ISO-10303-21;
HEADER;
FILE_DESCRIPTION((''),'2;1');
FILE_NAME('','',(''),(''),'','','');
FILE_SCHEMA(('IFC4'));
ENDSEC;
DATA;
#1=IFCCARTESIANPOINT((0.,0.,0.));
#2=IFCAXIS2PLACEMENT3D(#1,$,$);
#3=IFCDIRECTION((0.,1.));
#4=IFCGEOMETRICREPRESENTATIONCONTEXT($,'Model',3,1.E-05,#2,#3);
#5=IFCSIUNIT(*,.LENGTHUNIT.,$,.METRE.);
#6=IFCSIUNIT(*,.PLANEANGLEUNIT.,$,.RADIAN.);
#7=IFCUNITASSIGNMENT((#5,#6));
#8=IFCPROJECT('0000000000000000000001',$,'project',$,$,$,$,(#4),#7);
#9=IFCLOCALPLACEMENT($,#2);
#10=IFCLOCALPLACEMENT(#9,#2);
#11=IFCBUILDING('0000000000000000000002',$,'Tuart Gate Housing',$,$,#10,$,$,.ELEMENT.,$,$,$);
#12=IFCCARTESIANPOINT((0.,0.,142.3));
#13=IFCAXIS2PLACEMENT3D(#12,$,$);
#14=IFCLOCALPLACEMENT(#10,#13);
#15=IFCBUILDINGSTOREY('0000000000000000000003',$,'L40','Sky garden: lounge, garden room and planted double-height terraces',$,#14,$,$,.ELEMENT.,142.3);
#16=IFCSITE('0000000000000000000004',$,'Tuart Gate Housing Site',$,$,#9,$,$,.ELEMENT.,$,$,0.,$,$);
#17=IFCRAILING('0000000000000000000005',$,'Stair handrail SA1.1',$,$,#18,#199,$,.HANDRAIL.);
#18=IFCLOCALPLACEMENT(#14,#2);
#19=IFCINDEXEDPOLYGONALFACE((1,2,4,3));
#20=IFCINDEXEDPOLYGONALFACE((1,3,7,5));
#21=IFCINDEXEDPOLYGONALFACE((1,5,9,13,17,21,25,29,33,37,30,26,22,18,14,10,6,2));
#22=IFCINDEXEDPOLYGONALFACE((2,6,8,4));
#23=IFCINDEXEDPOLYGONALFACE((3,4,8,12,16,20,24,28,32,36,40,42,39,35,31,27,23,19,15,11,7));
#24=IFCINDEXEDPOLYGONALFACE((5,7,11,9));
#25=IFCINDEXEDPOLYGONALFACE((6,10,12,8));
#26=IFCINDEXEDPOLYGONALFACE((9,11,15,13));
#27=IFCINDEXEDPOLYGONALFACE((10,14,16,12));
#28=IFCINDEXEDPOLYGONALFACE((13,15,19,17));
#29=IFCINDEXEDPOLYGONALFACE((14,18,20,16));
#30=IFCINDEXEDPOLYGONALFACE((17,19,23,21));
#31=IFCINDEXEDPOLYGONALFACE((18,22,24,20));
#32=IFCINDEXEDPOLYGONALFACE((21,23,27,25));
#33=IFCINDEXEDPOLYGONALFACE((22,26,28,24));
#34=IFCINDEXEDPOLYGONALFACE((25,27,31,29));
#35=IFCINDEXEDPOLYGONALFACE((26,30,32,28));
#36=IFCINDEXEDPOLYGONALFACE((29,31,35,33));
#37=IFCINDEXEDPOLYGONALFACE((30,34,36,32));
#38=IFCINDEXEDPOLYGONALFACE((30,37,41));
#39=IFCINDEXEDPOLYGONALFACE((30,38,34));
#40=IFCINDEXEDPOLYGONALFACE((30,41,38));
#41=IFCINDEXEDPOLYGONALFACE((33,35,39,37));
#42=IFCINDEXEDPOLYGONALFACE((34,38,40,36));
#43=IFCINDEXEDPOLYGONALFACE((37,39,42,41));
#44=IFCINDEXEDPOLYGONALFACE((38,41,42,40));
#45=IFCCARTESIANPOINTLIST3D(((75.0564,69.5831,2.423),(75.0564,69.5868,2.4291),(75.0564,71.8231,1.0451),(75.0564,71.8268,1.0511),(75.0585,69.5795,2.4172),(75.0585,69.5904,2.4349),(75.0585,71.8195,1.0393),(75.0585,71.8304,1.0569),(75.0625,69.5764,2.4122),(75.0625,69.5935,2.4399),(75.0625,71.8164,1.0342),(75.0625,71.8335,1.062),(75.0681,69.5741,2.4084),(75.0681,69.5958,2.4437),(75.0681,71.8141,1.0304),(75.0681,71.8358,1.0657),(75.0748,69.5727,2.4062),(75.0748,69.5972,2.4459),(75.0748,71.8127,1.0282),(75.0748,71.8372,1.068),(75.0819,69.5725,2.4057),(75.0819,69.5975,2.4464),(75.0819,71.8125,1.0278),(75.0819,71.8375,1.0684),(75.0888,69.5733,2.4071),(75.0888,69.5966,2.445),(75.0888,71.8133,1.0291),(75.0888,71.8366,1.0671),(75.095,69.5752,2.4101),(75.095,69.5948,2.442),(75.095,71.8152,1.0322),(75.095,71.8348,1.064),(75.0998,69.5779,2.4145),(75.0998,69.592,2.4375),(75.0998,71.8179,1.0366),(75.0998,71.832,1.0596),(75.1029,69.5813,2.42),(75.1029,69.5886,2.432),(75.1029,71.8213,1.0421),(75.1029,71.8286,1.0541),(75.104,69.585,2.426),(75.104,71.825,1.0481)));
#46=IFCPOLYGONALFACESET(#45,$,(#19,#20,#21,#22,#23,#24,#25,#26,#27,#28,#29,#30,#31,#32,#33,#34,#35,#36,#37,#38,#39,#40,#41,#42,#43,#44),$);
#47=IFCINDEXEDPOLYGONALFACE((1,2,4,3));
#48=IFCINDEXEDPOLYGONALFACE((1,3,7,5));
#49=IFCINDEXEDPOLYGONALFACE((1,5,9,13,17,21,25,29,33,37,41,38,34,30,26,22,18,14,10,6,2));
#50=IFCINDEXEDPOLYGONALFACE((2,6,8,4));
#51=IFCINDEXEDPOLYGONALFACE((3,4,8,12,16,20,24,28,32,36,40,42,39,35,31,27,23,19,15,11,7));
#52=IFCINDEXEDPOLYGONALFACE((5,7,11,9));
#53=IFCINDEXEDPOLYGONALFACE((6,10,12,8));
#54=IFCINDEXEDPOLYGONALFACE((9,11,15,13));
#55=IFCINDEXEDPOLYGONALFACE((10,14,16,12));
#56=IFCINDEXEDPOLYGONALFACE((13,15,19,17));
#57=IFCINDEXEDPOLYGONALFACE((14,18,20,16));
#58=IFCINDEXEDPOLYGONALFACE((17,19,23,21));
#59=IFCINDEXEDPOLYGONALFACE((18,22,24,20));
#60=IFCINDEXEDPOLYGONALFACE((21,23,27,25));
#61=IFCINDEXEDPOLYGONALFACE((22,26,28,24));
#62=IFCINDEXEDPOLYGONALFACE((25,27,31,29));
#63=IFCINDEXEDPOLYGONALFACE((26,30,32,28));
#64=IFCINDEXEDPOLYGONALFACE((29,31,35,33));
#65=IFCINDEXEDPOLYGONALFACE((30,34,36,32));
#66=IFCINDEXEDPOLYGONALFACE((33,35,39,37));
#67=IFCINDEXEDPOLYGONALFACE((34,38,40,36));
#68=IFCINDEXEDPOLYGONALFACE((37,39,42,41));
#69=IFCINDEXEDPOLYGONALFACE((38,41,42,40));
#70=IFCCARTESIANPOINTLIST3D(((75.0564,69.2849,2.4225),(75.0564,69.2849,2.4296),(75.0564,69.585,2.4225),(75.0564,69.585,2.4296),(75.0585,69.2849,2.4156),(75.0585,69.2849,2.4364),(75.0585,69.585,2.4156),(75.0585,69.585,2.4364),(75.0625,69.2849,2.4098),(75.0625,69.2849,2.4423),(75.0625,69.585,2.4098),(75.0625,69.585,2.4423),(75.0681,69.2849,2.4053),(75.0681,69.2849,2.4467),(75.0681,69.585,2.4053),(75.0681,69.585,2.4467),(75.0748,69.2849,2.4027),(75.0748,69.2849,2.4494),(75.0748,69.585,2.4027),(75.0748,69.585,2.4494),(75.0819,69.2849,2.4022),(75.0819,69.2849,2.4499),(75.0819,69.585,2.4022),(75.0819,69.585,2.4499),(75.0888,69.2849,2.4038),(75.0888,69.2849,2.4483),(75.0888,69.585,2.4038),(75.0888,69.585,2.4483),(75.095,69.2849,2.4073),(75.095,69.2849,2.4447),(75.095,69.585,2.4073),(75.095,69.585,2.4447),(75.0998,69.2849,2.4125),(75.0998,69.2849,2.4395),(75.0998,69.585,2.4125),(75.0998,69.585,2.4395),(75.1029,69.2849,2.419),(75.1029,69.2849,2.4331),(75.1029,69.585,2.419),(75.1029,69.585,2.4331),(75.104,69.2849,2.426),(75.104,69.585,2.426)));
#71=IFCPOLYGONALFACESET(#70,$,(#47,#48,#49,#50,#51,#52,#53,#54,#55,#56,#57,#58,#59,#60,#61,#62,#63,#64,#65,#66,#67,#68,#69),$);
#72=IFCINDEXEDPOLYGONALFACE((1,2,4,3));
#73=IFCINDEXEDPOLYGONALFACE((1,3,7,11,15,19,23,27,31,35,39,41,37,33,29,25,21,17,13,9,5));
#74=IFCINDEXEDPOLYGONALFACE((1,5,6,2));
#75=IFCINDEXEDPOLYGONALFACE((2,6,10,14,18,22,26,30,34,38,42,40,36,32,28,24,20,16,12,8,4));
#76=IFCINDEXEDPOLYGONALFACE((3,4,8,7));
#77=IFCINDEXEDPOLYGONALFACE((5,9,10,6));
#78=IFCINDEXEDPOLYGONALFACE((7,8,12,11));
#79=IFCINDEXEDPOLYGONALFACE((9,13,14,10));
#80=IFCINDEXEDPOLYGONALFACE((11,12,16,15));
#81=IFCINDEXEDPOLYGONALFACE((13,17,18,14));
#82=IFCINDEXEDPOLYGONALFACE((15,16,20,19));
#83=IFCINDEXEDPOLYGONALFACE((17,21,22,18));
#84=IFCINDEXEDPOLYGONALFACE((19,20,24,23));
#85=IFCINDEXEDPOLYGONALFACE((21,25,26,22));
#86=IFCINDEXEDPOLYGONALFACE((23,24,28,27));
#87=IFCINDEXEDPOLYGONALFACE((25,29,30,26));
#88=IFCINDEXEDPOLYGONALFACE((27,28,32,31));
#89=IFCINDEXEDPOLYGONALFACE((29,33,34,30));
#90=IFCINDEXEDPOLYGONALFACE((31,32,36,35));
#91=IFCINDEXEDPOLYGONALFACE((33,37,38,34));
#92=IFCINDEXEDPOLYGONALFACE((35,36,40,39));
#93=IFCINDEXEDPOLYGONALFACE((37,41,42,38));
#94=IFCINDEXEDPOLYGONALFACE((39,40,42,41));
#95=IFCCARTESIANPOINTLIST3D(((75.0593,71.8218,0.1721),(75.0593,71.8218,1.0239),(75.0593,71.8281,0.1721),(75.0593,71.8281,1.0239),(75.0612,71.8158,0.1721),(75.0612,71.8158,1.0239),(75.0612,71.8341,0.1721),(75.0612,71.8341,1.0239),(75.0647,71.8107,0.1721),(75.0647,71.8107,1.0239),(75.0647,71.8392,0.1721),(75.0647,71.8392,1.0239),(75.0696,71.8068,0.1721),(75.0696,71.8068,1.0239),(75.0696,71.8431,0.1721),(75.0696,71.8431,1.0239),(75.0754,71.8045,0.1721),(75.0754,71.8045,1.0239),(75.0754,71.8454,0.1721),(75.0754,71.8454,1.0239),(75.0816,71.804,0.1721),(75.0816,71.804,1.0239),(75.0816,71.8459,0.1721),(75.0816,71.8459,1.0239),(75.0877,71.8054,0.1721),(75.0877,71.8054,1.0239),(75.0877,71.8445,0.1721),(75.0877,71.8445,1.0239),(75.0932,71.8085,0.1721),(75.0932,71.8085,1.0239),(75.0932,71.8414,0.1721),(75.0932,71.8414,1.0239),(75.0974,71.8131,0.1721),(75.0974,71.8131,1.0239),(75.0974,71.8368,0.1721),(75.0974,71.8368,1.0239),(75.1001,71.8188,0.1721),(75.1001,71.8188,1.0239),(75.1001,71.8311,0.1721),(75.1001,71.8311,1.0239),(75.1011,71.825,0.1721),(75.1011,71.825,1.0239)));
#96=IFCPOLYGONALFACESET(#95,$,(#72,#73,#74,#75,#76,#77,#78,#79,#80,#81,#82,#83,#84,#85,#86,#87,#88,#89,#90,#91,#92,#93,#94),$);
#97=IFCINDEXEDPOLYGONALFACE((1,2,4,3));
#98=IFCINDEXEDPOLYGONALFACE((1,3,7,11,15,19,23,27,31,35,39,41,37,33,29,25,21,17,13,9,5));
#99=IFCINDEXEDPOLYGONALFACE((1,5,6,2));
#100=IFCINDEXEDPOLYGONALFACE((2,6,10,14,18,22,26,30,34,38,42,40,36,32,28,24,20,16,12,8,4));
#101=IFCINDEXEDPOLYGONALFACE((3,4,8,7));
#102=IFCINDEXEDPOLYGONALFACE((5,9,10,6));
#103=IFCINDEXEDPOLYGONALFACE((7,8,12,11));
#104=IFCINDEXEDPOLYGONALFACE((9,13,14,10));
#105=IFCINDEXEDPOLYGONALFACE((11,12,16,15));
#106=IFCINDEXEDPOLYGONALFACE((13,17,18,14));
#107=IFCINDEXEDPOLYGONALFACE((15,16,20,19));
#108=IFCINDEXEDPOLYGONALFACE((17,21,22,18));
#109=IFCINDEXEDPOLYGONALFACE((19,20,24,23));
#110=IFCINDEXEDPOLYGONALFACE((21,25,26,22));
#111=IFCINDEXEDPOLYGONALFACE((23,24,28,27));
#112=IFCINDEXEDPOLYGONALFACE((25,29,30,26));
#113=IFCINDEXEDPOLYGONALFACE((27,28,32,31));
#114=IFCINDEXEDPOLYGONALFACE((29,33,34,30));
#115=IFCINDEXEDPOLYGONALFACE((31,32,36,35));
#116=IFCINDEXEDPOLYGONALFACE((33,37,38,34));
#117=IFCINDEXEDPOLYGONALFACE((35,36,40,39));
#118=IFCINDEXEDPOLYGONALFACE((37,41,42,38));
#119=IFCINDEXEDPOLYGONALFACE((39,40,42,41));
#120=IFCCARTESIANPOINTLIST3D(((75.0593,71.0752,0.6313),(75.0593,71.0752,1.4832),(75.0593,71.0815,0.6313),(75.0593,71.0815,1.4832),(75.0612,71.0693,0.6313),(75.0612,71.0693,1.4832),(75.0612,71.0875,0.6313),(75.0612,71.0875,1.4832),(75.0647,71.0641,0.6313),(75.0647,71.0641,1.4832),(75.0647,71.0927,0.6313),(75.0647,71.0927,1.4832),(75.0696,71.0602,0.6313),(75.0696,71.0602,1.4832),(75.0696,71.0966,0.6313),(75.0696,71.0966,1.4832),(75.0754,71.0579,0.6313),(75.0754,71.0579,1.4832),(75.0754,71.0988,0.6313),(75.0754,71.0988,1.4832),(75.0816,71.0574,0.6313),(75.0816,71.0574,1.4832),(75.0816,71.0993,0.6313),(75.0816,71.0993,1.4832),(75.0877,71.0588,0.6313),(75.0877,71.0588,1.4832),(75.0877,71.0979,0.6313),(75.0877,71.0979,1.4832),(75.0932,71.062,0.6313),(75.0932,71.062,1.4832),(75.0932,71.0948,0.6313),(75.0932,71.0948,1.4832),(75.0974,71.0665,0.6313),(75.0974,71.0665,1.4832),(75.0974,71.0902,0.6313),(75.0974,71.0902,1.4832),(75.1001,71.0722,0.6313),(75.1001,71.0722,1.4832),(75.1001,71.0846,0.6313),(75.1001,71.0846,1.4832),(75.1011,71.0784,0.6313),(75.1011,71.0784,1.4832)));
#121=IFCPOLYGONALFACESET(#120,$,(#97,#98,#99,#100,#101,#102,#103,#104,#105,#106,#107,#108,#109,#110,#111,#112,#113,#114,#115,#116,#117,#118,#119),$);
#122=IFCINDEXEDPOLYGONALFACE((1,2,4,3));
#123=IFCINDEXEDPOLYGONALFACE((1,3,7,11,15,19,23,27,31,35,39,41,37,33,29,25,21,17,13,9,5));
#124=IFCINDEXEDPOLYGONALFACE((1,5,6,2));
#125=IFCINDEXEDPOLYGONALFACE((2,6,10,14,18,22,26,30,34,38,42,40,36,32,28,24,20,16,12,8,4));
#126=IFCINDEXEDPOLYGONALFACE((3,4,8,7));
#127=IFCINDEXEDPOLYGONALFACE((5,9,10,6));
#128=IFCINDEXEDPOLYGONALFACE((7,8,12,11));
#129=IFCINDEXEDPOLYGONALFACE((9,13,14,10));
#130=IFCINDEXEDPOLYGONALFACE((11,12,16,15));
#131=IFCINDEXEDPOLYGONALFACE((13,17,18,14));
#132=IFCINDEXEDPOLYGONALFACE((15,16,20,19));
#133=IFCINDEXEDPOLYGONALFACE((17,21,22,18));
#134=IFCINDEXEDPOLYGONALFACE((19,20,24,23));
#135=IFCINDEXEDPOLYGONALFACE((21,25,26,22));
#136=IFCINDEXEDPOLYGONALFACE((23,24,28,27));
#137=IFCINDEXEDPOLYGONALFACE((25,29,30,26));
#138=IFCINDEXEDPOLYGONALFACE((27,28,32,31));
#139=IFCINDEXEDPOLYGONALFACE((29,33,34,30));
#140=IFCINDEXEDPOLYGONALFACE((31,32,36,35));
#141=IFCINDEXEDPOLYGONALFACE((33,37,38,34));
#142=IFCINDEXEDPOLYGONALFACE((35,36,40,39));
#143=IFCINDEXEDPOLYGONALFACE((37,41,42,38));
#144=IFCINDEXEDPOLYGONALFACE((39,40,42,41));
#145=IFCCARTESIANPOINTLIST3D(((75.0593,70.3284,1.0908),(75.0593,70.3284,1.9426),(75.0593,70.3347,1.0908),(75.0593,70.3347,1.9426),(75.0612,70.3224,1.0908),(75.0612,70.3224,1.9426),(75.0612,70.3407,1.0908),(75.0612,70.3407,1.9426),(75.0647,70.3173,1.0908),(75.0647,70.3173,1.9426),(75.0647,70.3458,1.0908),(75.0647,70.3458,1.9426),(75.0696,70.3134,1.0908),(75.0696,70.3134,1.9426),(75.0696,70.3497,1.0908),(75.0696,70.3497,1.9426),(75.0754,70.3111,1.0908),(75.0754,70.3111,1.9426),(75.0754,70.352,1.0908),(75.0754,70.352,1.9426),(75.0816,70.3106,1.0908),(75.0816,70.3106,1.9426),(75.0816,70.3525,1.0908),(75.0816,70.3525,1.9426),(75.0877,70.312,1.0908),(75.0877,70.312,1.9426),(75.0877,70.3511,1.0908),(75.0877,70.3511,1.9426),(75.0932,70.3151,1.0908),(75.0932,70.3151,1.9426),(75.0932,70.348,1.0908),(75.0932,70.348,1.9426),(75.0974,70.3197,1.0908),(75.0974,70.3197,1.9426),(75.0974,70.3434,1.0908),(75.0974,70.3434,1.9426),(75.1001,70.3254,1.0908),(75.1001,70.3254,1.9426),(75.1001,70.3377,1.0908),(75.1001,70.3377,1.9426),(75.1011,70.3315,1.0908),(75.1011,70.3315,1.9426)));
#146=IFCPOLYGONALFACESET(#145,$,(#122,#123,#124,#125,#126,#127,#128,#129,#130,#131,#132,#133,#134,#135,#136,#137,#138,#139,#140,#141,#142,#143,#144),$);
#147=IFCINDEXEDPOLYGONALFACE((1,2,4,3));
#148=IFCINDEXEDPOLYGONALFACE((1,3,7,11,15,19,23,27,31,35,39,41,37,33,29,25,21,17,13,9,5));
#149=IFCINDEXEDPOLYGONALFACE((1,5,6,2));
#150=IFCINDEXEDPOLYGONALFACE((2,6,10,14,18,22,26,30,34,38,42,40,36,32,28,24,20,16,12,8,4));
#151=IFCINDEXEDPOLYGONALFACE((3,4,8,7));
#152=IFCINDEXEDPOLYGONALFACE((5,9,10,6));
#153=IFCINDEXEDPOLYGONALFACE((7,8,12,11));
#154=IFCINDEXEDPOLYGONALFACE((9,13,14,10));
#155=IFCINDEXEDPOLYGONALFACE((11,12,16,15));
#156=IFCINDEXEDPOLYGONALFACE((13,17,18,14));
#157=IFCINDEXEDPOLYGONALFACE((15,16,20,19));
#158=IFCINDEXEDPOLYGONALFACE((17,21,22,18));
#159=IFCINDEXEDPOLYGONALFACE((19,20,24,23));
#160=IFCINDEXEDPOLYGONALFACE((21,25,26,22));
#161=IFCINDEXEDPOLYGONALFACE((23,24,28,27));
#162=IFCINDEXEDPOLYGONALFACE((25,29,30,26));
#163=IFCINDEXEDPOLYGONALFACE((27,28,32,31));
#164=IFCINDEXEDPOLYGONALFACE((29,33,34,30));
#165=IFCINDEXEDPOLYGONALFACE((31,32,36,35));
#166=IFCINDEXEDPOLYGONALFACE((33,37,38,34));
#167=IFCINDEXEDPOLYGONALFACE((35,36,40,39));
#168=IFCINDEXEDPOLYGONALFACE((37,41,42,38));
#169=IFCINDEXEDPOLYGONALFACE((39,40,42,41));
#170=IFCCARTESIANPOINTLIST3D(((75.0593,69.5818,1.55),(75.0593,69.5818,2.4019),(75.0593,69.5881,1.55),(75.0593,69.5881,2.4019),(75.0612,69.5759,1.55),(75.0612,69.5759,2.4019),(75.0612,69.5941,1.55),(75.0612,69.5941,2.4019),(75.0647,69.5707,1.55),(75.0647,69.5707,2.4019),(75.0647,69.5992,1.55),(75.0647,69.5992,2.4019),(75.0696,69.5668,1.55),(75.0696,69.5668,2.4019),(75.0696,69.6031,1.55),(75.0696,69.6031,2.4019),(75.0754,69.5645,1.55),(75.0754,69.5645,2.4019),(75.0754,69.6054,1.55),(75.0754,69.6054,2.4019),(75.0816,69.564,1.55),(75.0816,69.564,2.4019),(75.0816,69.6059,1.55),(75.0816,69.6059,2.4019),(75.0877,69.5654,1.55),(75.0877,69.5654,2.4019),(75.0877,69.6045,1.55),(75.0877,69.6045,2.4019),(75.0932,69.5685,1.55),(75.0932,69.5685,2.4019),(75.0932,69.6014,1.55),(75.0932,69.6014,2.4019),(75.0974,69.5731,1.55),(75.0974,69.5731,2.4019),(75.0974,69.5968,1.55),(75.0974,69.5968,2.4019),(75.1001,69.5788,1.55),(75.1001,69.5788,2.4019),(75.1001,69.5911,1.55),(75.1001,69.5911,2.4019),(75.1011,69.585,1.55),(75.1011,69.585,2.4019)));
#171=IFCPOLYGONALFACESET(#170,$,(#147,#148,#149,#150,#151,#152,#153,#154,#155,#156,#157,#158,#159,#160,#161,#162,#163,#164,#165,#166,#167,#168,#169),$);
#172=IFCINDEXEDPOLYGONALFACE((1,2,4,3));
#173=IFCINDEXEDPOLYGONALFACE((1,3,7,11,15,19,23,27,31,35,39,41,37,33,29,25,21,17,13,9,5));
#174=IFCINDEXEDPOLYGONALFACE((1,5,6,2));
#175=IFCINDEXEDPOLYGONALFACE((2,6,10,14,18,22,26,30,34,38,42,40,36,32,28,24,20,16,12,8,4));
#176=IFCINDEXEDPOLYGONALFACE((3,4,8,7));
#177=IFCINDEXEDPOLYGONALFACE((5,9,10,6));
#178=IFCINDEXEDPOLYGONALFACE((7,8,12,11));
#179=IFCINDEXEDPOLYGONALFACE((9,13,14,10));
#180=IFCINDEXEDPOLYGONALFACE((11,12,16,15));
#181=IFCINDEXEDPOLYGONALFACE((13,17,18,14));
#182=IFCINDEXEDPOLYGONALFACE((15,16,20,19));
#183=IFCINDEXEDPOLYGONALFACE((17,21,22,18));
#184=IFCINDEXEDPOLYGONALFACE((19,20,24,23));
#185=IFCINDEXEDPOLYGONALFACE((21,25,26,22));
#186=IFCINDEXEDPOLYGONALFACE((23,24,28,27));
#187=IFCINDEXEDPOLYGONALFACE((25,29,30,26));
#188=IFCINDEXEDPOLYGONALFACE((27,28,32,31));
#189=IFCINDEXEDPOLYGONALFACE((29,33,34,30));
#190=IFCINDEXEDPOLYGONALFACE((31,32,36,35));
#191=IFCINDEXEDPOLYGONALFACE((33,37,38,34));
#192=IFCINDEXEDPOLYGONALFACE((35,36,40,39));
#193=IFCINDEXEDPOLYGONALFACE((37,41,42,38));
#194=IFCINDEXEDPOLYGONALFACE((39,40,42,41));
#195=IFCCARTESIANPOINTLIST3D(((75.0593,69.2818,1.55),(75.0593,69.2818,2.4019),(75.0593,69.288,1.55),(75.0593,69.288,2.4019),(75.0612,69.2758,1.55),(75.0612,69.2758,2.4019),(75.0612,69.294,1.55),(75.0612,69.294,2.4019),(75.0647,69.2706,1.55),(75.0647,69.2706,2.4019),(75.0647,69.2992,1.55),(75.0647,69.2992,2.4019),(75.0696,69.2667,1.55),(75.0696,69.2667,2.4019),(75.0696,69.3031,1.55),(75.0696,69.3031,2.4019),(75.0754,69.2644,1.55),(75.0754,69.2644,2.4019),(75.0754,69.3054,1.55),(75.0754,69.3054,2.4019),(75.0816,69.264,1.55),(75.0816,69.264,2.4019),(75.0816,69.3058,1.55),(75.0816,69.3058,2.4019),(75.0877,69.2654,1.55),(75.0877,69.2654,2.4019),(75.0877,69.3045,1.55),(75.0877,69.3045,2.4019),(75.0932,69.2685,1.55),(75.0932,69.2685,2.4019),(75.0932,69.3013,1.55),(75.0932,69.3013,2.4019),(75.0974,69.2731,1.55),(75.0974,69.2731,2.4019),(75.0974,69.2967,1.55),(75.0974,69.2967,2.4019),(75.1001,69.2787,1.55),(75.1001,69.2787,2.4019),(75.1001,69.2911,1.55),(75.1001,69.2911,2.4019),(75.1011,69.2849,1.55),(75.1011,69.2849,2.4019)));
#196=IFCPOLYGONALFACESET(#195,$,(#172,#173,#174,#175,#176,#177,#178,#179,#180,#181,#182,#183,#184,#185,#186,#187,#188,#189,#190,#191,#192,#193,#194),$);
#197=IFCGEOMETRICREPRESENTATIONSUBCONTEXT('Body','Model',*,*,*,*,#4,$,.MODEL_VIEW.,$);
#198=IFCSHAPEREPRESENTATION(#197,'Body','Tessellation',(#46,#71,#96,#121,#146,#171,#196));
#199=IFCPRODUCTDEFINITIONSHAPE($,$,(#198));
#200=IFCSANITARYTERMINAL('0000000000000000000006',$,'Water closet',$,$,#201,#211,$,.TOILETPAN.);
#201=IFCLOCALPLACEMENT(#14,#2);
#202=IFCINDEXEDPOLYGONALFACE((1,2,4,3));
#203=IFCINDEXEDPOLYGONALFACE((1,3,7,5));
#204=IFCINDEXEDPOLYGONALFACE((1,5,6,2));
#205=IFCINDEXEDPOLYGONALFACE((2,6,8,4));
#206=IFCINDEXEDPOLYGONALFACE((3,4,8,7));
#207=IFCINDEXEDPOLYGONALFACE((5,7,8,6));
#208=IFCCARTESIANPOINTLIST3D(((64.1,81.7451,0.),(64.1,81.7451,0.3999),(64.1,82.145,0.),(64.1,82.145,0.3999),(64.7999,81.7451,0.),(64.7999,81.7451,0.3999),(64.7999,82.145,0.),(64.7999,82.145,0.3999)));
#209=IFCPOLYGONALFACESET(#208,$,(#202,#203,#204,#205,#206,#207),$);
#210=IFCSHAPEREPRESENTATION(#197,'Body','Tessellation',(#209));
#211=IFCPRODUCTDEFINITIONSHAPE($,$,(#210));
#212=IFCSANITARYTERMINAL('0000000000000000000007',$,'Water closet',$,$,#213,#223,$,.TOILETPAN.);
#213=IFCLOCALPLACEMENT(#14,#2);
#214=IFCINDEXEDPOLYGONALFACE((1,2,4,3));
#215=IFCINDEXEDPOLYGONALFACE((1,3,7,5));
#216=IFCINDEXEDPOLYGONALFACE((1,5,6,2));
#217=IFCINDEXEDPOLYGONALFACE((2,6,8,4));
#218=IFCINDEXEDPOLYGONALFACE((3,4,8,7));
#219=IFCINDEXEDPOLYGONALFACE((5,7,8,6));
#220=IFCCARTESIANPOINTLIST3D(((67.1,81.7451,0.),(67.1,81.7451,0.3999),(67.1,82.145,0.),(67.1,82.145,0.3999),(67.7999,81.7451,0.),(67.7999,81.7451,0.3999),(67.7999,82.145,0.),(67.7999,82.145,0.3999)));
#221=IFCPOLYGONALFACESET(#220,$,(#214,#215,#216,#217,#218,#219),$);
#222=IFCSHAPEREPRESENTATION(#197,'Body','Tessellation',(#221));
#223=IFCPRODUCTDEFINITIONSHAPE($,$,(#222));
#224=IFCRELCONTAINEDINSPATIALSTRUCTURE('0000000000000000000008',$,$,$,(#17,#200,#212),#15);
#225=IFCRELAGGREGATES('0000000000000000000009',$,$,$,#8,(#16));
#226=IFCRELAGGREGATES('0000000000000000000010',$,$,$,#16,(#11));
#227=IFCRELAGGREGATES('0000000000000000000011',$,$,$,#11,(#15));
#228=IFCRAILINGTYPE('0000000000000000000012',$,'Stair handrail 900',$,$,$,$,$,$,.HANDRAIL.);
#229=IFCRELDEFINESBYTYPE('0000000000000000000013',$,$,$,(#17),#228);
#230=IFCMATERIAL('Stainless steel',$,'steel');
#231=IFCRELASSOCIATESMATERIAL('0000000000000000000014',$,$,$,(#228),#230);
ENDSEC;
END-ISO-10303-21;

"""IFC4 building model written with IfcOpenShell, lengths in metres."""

from ifc_helpers import new_model, si_unit, direction, frame, origin, origin_2d, place, context, subcontext, project, spatial, rectangle, circle, extrude, material, type_object, element, save


model = new_model("IFC4")

# Units and contexts
model_context = context("Model", 3, precision=1e-05, world=origin(), true_north=direction((0.0, 1.0)))
body_context = subcontext(model_context, "Body", "Model", "MODEL_VIEW")
ifc_project = project(units=[si_unit("LENGTHUNIT", "METRE"), si_unit("PLANEANGLEUNIT", "RADIAN")], contexts=[model_context])

# Site, building, storey
site_placement = place(None, origin())
site = spatial("IfcSite", under=ifc_project, at=site_placement, Name="Tuart Gate Housing Site", CompositionType="ELEMENT", RefElevation=0.0)
building_placement = place(site_placement, origin())
building = spatial("IfcBuilding", under=site, at=building_placement, Name="Tuart Gate Housing", CompositionType="ELEMENT")
storey_placement = place(building_placement, frame((0.0, 0.0, 142.3)))
storey = spatial("IfcBuildingStorey", under=building, at=storey_placement, Name="L40", Description="Sky garden: lounge, garden room and planted double-height terraces", CompositionType="ELEMENT", Elevation=142.3)

# Railing
ifc_material_1 = material(Name="Stainless steel", Category="steel")
railing_type = type_object("IfcRailingType", Name="Stair handrail 900", PredefinedType="HANDRAIL", material=ifc_material_1)
railing_placement = place(storey_placement, frame((75.0801, 71.825, 0.1721)))
element("IfcRailing", 1, at=railing_placement, inside=storey, type_object=railing_type, Name="Stair handrail SA1.1", PredefinedType="HANDRAIL", context=body_context, shape_type="SweptSolid", body=[
    extrude(circle(Radius=0.0239, at=origin_2d()), frame((0.0, 0.0, 0.876), z_axis=(0.0, -0.851748, 0.523952), x_axis=(1.0, 0.0, 0.0)), (0.0, 0.0, 1.0), 2.6299),
    extrude(circle(Radius=0.0239, at=origin_2d()), frame((0.0, -2.24, 2.2539), z_axis=(0.0, -1.0, 0.0), x_axis=(1.0, 0.0, 0.0)), (0.0, 0.0, 1.0), 0.3),
    extrude(circle(Radius=0.021, at=origin_2d()), origin(), (0.0, 0.0, 1.0), 0.8518),
    extrude(circle(Radius=0.021, at=origin_2d()), frame((0.0, -0.7466, 0.4592)), (0.0, 0.0, 1.0), 0.8518),
    extrude(circle(Radius=0.021, at=origin_2d()), frame((0.0, -1.4934, 0.9187)), (0.0, 0.0, 1.0), 0.8518),
    extrude(circle(Radius=0.021, at=origin_2d()), frame((0.0, -2.24, 1.3779)), (0.0, 0.0, 1.0), 0.8518),
    extrude(circle(Radius=0.021, at=origin_2d()), frame((0.0, -2.54, 1.3779)), (0.0, 0.0, 1.0), 0.8518),
])

# Sanitary terminals
for number, where, z_axis, x_axis, name in (
    (2, (64.45, 81.9451, 0.0), (0.0, 0.0, 1.0), (1.0, 0.0, 0.0), "Water closet"),
    (3, (67.45, 81.9451, 0.0), (0.0, 0.0, 1.0), (1.0, 0.0, 0.0), "Water closet"),
):
    element("IfcSanitaryTerminal", number, at=place(storey_placement, frame(where, z_axis=z_axis, x_axis=x_axis)), inside=storey, Name=name, PredefinedType="TOILETPAN", context=body_context, shape_type="SweptSolid", body=[
        extrude(rectangle(XDim=0.7, YDim=0.3999, at=origin_2d()), origin(), (0.0, 0.0, 1.0), 0.3999),
    ])

save(model, "model.ifc")
